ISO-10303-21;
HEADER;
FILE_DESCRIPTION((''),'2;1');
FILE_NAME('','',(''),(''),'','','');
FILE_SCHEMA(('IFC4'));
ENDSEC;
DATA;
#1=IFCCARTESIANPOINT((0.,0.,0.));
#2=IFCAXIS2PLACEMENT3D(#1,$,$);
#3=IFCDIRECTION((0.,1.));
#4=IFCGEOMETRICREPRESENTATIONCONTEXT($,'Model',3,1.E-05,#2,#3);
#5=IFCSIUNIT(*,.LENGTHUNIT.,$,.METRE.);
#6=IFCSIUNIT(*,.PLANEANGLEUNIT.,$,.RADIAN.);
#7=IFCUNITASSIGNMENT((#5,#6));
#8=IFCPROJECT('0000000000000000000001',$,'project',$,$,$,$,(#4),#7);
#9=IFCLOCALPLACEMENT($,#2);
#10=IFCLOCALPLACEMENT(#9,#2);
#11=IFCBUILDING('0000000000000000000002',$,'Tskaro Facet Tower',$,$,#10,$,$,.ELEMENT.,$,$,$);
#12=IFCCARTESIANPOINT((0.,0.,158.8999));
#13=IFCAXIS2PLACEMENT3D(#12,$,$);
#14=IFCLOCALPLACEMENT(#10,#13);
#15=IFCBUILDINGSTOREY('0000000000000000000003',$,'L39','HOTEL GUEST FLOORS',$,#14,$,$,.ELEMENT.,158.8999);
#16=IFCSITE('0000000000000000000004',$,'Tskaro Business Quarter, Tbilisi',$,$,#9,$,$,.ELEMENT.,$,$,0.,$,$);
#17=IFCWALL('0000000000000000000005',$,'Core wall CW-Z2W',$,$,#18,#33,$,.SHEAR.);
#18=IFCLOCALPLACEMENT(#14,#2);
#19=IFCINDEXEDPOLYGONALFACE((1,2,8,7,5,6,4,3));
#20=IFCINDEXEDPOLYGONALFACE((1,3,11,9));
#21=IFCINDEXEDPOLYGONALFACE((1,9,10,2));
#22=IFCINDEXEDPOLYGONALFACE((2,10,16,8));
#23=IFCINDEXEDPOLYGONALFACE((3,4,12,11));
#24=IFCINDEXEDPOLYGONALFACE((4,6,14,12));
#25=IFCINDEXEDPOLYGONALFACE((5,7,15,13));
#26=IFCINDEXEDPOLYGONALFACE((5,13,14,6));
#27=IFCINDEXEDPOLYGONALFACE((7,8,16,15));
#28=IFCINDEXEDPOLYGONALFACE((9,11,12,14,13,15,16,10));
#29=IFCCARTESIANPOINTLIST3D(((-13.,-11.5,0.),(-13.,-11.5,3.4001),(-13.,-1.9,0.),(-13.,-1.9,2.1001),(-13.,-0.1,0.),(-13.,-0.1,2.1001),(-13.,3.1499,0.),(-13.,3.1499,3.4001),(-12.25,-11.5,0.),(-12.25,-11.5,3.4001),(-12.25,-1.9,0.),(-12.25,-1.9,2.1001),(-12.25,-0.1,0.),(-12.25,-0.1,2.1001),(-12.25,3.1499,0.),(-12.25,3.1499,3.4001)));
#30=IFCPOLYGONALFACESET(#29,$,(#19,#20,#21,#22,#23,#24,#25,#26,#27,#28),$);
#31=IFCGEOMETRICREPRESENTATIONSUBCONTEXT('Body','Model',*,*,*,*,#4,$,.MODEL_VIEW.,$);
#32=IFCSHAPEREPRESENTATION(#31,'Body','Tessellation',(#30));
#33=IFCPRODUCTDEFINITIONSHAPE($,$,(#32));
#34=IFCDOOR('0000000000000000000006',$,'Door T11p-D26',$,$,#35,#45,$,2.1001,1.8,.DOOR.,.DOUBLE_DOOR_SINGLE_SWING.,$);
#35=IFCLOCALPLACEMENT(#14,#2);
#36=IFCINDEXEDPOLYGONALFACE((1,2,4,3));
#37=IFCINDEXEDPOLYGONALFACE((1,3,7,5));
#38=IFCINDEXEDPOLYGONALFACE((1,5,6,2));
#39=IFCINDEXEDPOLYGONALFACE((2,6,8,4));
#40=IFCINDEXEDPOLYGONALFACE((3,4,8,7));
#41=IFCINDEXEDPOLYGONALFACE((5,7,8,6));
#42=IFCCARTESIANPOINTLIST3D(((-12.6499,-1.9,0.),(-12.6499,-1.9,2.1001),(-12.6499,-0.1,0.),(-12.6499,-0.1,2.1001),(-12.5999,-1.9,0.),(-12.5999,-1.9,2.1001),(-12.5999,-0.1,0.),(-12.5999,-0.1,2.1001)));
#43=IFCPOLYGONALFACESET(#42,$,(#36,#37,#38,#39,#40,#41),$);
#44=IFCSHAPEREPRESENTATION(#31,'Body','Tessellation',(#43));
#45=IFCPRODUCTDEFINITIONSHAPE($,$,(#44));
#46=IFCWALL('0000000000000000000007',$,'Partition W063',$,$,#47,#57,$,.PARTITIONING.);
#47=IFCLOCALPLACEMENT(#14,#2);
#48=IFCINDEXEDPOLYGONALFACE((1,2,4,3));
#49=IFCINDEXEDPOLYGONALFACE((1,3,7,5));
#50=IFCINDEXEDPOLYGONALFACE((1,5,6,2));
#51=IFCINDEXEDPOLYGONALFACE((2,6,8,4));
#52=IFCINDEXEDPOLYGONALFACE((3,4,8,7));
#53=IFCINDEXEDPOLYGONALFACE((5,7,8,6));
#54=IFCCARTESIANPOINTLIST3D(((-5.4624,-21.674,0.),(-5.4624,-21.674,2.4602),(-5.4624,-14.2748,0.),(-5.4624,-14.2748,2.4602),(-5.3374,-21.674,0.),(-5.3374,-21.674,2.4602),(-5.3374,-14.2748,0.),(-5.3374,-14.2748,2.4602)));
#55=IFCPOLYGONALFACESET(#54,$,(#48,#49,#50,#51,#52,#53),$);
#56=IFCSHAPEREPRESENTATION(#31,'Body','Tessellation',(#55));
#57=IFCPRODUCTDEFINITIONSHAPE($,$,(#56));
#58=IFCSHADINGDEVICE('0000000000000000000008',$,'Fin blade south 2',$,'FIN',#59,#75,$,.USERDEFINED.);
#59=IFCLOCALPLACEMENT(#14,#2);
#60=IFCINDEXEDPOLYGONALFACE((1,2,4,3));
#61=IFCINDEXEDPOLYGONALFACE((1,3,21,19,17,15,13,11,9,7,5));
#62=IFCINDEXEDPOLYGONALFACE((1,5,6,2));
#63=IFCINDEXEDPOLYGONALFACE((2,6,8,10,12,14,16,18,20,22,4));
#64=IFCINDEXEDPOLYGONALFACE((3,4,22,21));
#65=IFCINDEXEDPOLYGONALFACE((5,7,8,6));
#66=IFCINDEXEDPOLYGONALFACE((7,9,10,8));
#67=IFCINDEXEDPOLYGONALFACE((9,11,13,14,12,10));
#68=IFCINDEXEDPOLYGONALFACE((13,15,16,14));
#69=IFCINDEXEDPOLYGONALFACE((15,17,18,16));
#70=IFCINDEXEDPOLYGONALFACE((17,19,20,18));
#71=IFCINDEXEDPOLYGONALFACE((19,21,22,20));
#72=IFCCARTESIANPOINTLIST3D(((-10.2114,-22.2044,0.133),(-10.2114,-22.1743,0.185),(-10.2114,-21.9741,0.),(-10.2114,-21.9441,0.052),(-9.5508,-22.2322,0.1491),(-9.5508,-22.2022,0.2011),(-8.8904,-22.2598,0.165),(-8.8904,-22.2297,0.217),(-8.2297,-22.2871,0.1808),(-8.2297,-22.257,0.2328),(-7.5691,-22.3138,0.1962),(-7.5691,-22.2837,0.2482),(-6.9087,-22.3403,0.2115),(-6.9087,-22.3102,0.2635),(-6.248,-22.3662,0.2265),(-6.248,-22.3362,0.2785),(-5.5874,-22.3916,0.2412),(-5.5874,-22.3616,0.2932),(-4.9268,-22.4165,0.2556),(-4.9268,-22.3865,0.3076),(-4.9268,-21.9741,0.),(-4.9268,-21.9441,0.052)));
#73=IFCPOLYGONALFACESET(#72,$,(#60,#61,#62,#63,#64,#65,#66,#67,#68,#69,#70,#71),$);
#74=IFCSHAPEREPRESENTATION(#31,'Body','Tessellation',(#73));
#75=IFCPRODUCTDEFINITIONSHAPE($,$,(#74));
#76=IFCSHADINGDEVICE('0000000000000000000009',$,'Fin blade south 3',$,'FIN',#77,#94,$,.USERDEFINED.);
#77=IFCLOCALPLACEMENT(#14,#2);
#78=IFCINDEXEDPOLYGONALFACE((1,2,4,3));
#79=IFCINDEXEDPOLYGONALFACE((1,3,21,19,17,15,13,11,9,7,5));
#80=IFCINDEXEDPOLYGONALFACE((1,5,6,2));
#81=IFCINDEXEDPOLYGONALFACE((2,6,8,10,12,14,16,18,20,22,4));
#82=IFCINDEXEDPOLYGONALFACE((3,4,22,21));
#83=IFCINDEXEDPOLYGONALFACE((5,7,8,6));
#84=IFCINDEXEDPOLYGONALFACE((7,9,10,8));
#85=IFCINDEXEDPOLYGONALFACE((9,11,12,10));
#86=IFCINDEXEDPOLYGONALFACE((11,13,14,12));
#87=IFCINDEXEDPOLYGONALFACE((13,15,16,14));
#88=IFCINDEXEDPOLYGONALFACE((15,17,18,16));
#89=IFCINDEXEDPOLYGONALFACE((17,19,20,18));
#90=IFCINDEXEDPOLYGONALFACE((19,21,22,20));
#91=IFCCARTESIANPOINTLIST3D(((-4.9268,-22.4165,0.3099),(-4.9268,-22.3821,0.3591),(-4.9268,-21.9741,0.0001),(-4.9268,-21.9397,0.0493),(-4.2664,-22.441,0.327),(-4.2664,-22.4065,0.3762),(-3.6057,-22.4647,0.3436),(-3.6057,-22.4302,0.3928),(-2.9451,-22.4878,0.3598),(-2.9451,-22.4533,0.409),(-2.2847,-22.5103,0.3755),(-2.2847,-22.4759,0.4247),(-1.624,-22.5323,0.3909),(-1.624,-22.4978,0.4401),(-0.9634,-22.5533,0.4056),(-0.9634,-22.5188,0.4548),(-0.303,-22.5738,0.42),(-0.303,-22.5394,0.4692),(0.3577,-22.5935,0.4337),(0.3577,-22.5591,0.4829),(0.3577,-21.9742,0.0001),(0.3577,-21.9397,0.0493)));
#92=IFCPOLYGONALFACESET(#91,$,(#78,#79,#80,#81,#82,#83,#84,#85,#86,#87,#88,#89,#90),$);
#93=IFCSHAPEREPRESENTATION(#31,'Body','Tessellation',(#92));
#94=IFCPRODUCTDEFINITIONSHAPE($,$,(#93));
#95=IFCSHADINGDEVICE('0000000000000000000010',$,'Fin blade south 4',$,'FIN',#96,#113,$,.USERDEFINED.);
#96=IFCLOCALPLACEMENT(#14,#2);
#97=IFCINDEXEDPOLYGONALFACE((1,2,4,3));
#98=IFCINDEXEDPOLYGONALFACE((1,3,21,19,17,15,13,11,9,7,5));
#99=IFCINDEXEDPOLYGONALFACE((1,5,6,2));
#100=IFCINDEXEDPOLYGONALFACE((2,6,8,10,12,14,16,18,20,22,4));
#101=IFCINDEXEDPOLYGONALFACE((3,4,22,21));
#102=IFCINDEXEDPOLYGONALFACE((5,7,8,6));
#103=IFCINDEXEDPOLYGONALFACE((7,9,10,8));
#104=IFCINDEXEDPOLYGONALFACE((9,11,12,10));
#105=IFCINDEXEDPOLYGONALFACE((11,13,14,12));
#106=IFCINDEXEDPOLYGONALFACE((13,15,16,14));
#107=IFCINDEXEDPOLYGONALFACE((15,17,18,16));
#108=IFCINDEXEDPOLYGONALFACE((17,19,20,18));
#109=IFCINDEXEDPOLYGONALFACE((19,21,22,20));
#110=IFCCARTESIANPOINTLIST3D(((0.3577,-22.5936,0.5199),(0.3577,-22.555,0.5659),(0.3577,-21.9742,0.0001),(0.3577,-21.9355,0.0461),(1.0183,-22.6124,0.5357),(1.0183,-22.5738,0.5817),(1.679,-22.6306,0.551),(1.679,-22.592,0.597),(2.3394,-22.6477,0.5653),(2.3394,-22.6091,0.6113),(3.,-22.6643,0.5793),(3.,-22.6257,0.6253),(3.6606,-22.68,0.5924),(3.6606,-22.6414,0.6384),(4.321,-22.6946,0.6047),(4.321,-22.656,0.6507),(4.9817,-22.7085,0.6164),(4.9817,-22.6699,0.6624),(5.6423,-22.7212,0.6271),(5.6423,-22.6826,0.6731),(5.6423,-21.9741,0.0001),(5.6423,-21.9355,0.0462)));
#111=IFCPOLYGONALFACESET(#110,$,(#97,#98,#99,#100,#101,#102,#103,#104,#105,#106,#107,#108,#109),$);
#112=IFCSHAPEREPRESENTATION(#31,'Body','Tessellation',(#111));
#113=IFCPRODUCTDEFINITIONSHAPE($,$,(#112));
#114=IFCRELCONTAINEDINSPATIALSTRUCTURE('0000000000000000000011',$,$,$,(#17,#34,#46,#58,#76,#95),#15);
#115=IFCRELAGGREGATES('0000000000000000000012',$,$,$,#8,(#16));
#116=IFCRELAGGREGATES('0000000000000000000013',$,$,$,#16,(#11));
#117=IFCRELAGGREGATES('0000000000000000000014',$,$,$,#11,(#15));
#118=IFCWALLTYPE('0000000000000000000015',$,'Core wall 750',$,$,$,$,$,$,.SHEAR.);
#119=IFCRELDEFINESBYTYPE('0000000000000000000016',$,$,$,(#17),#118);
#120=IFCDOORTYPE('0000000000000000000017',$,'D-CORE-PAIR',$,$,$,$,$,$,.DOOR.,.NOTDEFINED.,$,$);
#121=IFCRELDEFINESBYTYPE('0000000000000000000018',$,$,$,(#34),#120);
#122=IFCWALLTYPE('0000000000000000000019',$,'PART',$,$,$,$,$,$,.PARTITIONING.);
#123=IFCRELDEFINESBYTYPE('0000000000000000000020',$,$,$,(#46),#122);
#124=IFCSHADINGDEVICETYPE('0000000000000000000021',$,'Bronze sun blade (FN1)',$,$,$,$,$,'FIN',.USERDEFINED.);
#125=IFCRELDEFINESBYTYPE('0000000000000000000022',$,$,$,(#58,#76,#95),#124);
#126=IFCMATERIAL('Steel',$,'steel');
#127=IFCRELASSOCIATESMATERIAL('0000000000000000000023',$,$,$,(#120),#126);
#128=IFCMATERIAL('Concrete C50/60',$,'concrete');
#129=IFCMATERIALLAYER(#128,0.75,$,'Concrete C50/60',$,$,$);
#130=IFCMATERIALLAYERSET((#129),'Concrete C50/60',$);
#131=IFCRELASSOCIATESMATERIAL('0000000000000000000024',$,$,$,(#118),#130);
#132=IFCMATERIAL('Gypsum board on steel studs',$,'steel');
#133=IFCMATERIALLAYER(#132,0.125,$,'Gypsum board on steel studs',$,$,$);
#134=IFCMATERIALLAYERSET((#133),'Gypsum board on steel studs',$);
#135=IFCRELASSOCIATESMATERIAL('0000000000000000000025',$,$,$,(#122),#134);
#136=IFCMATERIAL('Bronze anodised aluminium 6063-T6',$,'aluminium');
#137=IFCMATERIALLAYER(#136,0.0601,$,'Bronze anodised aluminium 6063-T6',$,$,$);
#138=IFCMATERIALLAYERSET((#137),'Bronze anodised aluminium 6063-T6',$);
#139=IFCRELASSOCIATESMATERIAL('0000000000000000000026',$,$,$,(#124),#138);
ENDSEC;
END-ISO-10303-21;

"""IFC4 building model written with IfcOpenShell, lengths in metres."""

from ifc_helpers import new_model, si_unit, direction, frame, frame_2d, origin, place, context, subcontext, project, spatial, polyline, rectangle, outline, extrude, material, layer, layer_set, type_object, element, fill, save


model = new_model("IFC4")

# Units and contexts
model_context = context("Model", 3, precision=1e-05, world=origin(), true_north=direction((0.0, 1.0)))
body_context = subcontext(model_context, "Body", "Model", "MODEL_VIEW")
ifc_project = project(units=[si_unit("LENGTHUNIT", "METRE"), si_unit("PLANEANGLEUNIT", "RADIAN")], contexts=[model_context])

# Site, building, storey
site_placement = place(None, origin())
site = spatial("IfcSite", under=ifc_project, at=site_placement, Name="Tskaro Business Quarter, Tbilisi", CompositionType="ELEMENT", RefElevation=0.0)
building_placement = place(site_placement, origin())
building = spatial("IfcBuilding", under=site, at=building_placement, Name="Tskaro Facet Tower", CompositionType="ELEMENT")
storey_placement = place(building_placement, frame((0.0, 0.0, 158.8999)))
storey = spatial("IfcBuildingStorey", under=building, at=storey_placement, Name="L39", Description="HOTEL GUEST FLOORS", CompositionType="ELEMENT", Elevation=158.8999)

# Shared definitions
ifc_material_1 = material(Name="Bronze anodised aluminium 6063-T6", Category="aluminium")

# Shared definitions
ifc_material_2 = material(Name="Steel", Category="steel")

# Shared definitions
door_type_1 = type_object("IfcDoorType", Name="D-CORE-PAIR", OperationType="NOTDEFINED", PredefinedType="DOOR", material=ifc_material_2)

# Wall, opening, door
ifc_material_3 = material(Name="Concrete C50/60", Category="concrete")
ifc_layer_1 = layer(ifc_material_3, 0.75, Name="Concrete C50/60")
ifc_layer_set_1 = layer_set([ifc_layer_1], Name="Concrete C50/60")
wall_type_1 = type_object("IfcWallType", Name="Core wall 750", PredefinedType="SHEAR", material=ifc_layer_set_1)
wall_1_placement = place(storey_placement, frame((-12.625, -11.5, 0.0), z_axis=(0.0, 0.0, 1.0), x_axis=(0.0, 1.0, 0.0)))
wall_1 = element("IfcWall", 1, at=wall_1_placement, inside=storey, type_object=wall_type_1, Name="Core wall CW-Z2W", PredefinedType="SHEAR", context=body_context, shape_type="SweptSolid", body=[
    extrude(rectangle(XDim=14.6499, YDim=0.75, at=frame_2d((7.325, 0.0))), origin(), (0.0, 0.0, 1.0), 3.4001),
])
opening_1_placement = place(wall_1_placement, frame((9.6001, 0.0, 0.0)))
opening_1 = element("IfcOpeningElement", 2, at=opening_1_placement, cuts=wall_1, PredefinedType="OPENING", context=body_context, shape_type="SweptSolid", body=[
    extrude(rectangle(XDim=1.8, YDim=2.1001, at=frame_2d((0.8999, 1.05))), frame((0.0, 0.385, 0.0), z_axis=(0.0, -1.0, 0.0), x_axis=(1.0, 0.0, 0.0)), (0.0, 0.0, 1.0), 0.77),
])
door_1_placement = place(opening_1_placement, origin())
door_1 = element("IfcDoor", 3, at=door_1_placement, inside=storey, type_object=door_type_1, Name="Door T11p-D26", OperationType="DOUBLE_DOOR_SINGLE_SWING", OverallHeight=2.1001, OverallWidth=1.8, PredefinedType="DOOR", context=body_context, shape_type="SweptSolid", body=[
    extrude(rectangle(XDim=1.8, YDim=2.1001, at=frame_2d((0.8999, 1.05))), frame((0.0, 0.0249, 0.0), z_axis=(0.0, -1.0, 0.0), x_axis=(1.0, 0.0, 0.0)), (0.0, 0.0, 1.0), 0.05),
])
fill(opening_1, door_1)

# Wall
ifc_material_4 = material(Name="Gypsum board on steel studs", Category="steel")
ifc_layer_2 = layer(ifc_material_4, 0.125, Name="Gypsum board on steel studs")
ifc_layer_set_2 = layer_set([ifc_layer_2], Name="Gypsum board on steel studs")
wall_type_2 = type_object("IfcWallType", Name="PART", PredefinedType="PARTITIONING", material=ifc_layer_set_2)
wall_2_placement = place(storey_placement, frame((-5.3999, -21.6741, 0.0), z_axis=(0.0, 0.0, 1.0), x_axis=(0.0, 1.0, 0.0)))
element("IfcWall", 4, at=wall_2_placement, inside=storey, type_object=wall_type_2, Name="Partition W063", PredefinedType="PARTITIONING", context=body_context, shape_type="SweptSolid", body=[
    extrude(rectangle(XDim=7.3992, YDim=0.125, at=frame_2d((3.6997, 0.0))), origin(), (0.0, 0.0, 1.0), 2.4602),
])

# Shading devices
ifc_layer_3 = layer(ifc_material_1, 0.0601, Name="Bronze anodised aluminium 6063-T6")
ifc_layer_set_3 = layer_set([ifc_layer_3], Name="Bronze anodised aluminium 6063-T6")
shading_device_type = type_object("IfcShadingDeviceType", Name="Bronze sun blade (FN1)", ElementType="FIN", PredefinedType="USERDEFINED", material=ifc_layer_set_3)
shading_device_1_placement = place(storey_placement, frame((-10.2114, -21.9441, 0.052), z_axis=(-0.000001, 0.500244, 0.865885), x_axis=(1.0, 0.000001, 0.000001)))
element("IfcShadingDevice", 5, at=shading_device_1_placement, inside=storey, type_object=shading_device_type, Name="Fin blade south 2", ObjectType="FIN", PredefinedType="USERDEFINED", context=body_context, shape_type="SweptSolid", body=[
    extrude(outline(polyline([(0.0, 0.0), (5.2847, 0.0), (5.2847, -0.5109), (4.624, -0.4822), (3.9634, -0.4528), (3.3027, -0.4229), (2.6423, -0.3922), (1.9817, -0.3614), (1.321, -0.3299), (0.6606, -0.2981), (0.0, -0.2659), (0.0, 0.0)])), origin(), (0.0, 0.0, -1.0), 0.0601),
])
shading_device_2_placement = place(storey_placement, frame((-4.9268, -21.9397, 0.0493), z_axis=(0.000015, 0.573615, 0.819125), x_axis=(1.0, -0.000008, -0.000012)))
element("IfcShadingDevice", 6, at=shading_device_2_placement, inside=storey, type_object=shading_device_type, Name="Fin blade south 3", ObjectType="FIN", PredefinedType="USERDEFINED", context=body_context, shape_type="SweptSolid", body=[
    extrude(outline(polyline([(0.0, 0.0), (5.2844, 0.0), (5.2844, -0.7561), (4.6238, -0.732), (3.9634, -0.707), (3.3027, -0.6814), (2.6421, -0.6545), (1.9817, -0.627), (1.321, -0.5988), (0.6604, -0.5699), (0.0, -0.5401), (0.0, 0.0)])), origin(), (0.0, 0.0, -1.0), 0.0601),
])
shading_device_3_placement = place(storey_placement, frame((0.3577, -21.9355, 0.0461), z_axis=(-0.000003, 0.642793, 0.76604), x_axis=(1.0, 0.000002, 0.000003)))
element("IfcShadingDevice", 7, at=shading_device_3_placement, inside=storey, type_object=shading_device_type, Name="Fin blade south 4", ObjectType="FIN", PredefinedType="USERDEFINED", context=body_context, shape_type="SweptSolid", body=[
    extrude(outline(polyline([(0.0, 0.0), (5.2847, 0.0), (5.2847, -0.9753), (4.624, -0.9587), (3.9634, -0.9405), (3.303, -0.9214), (2.6423, -0.901), (1.9817, -0.8793), (1.3213, -0.8569), (0.6606, -0.8332), (0.0, -0.8086), (0.0, 0.0)])), origin(), (0.0, 0.0, -1.0), 0.0601),
])

save(model, "model.ifc")
